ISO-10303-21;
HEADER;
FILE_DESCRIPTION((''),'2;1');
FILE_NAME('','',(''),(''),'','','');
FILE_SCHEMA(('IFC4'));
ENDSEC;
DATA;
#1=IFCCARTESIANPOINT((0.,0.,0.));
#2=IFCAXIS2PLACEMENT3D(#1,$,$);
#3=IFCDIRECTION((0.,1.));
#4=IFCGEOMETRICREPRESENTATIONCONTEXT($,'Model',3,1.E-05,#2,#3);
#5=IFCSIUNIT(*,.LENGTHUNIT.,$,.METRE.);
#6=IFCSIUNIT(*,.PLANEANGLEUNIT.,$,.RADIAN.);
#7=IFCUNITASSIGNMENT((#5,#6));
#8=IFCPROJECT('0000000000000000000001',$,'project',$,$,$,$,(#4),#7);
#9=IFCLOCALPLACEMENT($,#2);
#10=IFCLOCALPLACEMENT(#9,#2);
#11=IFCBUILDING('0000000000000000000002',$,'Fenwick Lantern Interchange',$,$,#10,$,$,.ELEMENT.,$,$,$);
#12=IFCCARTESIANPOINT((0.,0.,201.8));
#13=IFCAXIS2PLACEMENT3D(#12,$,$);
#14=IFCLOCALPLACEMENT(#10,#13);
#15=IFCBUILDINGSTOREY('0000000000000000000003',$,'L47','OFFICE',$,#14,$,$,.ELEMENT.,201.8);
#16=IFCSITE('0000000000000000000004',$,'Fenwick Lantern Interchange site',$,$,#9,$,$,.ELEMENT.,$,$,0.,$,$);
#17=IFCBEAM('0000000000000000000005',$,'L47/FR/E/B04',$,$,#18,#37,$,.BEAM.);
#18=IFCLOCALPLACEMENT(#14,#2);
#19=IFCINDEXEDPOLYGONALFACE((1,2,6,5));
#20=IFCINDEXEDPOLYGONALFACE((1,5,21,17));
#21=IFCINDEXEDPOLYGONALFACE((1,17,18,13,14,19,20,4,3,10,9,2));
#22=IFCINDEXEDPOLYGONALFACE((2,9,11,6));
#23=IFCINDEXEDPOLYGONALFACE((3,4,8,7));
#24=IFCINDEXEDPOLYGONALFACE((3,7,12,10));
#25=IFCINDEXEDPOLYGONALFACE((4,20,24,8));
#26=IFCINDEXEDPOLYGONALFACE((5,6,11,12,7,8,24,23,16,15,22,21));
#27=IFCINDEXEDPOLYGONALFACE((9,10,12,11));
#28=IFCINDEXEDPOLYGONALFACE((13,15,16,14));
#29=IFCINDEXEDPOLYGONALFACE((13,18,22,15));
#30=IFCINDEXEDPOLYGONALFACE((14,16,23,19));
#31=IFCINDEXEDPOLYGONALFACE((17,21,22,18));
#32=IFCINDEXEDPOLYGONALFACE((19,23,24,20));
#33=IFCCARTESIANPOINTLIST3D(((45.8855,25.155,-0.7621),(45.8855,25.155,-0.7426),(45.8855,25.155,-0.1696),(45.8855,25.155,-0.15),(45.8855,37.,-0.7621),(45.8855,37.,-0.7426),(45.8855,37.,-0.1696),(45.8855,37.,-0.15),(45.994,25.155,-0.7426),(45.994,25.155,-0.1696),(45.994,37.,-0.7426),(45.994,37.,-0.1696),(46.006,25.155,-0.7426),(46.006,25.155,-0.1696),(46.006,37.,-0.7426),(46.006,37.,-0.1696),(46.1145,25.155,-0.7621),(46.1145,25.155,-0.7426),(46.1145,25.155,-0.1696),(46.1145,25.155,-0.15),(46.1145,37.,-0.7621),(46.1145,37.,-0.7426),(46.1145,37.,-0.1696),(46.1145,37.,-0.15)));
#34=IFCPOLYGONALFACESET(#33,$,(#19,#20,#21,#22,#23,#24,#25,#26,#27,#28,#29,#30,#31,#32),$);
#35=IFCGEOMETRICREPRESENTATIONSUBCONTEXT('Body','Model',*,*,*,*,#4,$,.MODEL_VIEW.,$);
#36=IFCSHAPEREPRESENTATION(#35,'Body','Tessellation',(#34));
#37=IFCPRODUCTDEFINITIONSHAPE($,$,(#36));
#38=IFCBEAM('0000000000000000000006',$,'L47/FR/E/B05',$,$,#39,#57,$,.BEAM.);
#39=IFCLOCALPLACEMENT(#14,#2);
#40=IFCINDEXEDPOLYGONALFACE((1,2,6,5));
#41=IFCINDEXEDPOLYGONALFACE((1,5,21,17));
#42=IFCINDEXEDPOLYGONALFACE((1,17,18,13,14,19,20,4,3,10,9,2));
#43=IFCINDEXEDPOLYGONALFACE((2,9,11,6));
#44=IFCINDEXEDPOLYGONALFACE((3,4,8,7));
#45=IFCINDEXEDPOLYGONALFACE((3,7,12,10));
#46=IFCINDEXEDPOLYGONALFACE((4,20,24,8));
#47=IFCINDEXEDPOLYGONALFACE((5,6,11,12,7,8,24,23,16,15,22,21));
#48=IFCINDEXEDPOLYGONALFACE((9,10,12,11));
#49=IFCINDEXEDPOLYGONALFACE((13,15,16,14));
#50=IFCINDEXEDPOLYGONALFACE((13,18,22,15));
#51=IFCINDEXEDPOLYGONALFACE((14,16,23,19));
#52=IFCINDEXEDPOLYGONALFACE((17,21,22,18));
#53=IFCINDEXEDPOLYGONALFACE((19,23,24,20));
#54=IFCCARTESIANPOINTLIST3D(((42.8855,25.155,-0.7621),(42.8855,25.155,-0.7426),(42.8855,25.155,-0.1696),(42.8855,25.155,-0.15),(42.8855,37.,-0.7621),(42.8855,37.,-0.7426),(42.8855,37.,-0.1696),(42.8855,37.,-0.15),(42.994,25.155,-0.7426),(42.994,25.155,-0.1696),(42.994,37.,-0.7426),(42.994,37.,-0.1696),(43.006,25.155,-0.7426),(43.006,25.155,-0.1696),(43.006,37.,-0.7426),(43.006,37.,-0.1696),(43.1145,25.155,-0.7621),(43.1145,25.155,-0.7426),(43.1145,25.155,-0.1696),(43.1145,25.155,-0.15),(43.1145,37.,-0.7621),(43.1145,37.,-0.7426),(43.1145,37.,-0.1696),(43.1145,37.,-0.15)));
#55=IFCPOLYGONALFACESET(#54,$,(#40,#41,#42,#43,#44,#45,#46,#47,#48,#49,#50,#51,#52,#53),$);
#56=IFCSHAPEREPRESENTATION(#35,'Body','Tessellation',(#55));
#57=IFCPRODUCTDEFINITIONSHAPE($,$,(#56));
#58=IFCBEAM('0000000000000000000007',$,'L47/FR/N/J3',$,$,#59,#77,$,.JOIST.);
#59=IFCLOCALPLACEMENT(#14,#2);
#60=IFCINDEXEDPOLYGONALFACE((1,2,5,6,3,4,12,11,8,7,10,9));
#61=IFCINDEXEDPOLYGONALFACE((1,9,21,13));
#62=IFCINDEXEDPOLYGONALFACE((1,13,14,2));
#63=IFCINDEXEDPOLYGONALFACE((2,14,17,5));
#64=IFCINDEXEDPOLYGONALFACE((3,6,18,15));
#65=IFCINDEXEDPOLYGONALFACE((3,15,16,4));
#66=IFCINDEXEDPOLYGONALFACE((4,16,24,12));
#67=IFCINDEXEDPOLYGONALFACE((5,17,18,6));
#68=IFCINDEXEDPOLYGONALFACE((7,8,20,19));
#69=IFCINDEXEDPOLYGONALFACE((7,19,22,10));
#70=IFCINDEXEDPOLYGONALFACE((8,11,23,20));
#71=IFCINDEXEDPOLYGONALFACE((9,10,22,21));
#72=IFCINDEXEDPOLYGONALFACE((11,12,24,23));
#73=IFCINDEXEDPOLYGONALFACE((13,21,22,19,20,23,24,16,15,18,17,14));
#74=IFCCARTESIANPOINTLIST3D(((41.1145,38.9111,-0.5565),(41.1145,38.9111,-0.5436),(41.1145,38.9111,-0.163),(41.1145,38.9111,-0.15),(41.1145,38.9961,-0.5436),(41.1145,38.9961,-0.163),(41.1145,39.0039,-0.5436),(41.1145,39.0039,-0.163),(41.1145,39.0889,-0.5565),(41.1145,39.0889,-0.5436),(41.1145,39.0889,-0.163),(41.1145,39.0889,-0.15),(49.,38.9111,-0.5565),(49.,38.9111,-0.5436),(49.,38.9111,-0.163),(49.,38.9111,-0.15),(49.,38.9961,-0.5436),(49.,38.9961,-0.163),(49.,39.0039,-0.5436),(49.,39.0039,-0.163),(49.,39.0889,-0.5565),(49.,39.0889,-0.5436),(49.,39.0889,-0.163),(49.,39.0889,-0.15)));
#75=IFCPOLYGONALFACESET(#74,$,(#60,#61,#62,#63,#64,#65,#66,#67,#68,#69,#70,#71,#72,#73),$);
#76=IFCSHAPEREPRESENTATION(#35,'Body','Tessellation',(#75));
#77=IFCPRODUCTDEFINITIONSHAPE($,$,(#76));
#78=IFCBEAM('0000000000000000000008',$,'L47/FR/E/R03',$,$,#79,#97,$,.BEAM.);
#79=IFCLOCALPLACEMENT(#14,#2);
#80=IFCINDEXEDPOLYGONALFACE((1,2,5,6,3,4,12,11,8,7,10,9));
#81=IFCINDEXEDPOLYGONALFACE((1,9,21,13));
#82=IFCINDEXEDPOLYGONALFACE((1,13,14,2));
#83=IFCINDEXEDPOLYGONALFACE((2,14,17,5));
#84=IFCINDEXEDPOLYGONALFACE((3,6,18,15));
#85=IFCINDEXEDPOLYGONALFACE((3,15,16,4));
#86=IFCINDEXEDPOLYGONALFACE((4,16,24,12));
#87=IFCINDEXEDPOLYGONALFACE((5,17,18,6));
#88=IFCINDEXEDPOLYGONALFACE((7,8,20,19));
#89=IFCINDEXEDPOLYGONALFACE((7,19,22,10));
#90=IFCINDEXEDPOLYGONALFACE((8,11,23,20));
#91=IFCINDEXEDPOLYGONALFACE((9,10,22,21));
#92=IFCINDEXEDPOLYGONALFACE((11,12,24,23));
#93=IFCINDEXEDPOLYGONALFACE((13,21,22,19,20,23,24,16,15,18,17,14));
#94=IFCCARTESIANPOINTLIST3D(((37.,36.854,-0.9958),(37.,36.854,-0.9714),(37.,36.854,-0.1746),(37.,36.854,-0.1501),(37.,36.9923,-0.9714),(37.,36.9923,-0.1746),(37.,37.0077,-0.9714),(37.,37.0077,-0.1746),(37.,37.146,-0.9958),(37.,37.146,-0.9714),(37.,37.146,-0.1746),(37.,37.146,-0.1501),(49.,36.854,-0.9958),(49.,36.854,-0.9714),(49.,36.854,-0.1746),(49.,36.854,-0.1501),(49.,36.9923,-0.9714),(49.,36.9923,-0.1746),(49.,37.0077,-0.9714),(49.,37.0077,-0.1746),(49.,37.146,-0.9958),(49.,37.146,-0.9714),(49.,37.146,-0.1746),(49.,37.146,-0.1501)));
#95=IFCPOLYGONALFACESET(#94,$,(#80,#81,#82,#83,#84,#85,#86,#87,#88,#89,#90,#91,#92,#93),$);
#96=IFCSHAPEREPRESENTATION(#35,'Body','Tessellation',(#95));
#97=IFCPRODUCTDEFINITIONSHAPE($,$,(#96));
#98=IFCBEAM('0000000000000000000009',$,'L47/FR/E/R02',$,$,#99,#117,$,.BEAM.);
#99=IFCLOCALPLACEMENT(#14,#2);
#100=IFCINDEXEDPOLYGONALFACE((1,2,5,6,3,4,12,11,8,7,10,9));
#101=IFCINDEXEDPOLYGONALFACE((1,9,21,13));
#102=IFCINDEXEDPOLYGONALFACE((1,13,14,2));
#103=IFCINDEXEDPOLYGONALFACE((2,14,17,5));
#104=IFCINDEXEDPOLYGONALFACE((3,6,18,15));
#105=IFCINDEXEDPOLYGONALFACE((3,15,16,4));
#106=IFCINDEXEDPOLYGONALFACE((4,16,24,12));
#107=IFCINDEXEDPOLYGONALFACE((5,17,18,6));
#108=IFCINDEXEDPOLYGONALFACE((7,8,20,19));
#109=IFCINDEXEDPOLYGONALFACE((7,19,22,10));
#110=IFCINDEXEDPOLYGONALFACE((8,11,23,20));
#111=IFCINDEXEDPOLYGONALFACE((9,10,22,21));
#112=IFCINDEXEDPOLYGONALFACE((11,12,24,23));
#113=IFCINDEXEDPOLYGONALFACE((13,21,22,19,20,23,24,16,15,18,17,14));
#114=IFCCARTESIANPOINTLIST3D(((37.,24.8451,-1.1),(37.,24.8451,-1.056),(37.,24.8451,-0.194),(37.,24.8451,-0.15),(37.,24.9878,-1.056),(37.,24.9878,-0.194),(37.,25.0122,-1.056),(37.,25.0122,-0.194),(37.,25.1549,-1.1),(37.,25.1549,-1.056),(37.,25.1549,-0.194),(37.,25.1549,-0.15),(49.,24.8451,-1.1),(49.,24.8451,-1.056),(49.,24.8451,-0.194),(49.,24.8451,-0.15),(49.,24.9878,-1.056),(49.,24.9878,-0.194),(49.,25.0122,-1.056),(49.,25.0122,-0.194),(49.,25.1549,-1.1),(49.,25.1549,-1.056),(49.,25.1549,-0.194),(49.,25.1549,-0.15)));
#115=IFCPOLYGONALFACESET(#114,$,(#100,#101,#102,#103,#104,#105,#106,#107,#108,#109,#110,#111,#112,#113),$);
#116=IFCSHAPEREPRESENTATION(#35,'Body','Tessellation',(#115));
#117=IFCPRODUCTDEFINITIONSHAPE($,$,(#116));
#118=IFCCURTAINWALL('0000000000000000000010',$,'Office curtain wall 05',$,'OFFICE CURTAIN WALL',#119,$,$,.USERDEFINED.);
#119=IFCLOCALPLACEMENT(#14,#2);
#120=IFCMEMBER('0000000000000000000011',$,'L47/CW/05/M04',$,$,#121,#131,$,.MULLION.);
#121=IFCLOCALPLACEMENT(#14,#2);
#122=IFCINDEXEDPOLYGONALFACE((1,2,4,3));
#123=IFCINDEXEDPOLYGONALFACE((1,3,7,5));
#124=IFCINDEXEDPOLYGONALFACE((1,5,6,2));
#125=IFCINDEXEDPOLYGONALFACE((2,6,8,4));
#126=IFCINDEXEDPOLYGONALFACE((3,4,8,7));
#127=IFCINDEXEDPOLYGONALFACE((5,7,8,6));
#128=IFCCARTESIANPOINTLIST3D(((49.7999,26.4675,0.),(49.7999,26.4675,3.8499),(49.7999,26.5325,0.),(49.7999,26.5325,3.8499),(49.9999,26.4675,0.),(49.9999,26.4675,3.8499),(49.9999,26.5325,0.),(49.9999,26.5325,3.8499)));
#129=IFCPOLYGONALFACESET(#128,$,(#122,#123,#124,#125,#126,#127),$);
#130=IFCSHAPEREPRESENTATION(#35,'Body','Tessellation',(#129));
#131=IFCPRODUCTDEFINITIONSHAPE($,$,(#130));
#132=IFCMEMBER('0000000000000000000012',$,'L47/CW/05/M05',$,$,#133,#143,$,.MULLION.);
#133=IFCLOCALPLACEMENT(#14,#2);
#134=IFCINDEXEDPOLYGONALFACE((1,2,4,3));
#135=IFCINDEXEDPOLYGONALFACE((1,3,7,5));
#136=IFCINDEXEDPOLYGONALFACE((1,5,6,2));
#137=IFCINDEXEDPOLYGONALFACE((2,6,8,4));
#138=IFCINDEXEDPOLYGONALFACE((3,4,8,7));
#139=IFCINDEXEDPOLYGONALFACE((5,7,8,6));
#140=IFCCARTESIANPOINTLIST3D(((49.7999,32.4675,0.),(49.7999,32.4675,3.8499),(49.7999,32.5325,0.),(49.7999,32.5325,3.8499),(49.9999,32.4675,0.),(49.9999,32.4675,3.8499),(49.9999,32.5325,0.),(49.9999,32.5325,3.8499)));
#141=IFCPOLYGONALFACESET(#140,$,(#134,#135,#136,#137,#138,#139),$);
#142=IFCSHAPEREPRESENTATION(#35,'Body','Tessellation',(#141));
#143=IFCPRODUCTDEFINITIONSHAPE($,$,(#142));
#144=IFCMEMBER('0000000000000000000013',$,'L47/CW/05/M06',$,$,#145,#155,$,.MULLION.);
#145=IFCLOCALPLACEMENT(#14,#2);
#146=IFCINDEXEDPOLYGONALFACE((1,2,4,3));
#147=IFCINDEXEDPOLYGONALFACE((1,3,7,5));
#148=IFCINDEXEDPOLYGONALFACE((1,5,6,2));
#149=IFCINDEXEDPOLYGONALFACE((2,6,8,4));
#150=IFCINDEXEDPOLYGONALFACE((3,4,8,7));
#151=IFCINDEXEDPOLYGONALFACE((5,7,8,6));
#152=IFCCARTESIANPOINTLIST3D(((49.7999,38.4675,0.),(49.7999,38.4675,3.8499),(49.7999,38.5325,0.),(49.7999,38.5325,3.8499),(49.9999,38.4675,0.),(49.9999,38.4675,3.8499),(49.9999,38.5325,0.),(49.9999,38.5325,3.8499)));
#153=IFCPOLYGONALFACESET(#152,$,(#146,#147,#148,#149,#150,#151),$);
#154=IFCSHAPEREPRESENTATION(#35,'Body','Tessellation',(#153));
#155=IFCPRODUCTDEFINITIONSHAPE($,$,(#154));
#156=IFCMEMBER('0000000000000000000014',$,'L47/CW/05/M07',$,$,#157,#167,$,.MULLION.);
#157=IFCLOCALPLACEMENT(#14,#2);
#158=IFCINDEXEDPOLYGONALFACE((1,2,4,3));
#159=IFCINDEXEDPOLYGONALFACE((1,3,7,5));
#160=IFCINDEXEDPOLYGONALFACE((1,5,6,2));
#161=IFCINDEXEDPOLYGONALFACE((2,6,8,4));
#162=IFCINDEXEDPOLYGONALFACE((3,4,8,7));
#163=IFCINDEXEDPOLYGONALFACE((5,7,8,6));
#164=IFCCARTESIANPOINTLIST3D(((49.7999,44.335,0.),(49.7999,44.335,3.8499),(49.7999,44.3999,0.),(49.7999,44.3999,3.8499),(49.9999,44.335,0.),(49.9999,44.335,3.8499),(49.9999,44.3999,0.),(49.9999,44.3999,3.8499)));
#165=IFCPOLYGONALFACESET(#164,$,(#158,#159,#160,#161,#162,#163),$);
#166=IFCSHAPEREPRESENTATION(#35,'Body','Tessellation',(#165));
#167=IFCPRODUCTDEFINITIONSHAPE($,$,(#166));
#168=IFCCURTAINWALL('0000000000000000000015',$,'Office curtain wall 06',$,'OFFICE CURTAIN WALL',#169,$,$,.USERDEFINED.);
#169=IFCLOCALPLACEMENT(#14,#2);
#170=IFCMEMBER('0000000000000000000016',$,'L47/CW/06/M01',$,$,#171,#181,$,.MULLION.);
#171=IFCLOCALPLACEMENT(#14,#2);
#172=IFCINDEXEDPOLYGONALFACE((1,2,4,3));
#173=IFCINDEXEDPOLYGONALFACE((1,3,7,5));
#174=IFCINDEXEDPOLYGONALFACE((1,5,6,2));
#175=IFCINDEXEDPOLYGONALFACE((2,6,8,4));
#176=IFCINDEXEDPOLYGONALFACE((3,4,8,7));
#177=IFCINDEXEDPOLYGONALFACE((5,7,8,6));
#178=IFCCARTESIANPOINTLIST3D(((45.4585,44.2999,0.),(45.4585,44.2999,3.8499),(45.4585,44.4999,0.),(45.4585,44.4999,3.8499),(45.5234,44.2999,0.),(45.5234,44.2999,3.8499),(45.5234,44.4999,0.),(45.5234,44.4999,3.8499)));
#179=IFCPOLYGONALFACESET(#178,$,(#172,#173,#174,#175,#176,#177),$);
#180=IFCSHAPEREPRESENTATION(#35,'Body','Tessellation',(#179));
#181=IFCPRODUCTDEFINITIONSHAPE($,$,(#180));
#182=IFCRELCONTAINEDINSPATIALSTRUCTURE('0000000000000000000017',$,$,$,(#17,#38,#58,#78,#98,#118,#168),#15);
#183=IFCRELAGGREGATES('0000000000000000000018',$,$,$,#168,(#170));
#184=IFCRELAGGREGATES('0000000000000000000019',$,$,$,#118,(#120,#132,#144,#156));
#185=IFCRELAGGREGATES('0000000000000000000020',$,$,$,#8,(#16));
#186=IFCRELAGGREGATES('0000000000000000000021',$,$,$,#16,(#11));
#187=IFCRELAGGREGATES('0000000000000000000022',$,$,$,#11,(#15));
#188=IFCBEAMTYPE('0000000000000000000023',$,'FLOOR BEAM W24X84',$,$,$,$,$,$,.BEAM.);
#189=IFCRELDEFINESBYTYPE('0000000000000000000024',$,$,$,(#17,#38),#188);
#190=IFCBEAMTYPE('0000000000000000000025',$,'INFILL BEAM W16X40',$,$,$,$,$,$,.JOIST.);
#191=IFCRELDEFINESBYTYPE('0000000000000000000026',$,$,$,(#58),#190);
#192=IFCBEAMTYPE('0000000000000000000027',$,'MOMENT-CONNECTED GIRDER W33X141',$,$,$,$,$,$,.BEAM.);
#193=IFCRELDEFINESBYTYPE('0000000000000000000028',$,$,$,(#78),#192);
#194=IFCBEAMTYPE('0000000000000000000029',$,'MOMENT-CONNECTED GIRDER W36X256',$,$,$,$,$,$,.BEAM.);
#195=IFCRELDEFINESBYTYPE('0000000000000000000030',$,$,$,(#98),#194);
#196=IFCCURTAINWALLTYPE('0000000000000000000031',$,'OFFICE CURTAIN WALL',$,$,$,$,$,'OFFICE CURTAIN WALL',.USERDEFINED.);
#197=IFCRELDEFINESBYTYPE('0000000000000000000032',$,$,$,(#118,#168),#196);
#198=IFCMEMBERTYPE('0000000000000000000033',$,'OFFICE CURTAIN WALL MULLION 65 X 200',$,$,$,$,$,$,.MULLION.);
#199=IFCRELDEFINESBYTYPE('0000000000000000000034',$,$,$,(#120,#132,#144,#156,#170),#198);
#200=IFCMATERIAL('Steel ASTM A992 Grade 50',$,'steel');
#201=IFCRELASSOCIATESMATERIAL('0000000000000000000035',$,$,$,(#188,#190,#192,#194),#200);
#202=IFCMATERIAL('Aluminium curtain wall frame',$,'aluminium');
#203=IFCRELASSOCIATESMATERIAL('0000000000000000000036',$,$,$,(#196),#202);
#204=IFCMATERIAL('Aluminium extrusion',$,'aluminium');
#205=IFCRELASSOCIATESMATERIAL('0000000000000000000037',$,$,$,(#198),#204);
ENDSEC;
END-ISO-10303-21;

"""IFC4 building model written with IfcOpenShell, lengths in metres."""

from ifc_helpers import new_model, si_unit, direction, frame, origin, origin_2d, place, context, subcontext, project, spatial, rectangle, i_section, extrude, material, material_profile, profile_set, type_object, element, aggregate, save


model = new_model("IFC4")

# Units and contexts
model_context = context("Model", 3, precision=1e-05, world=origin(), true_north=direction((0.0, 1.0)))
body_context = subcontext(model_context, "Body", "Model", "MODEL_VIEW")
ifc_project = project(units=[si_unit("LENGTHUNIT", "METRE"), si_unit("PLANEANGLEUNIT", "RADIAN")], contexts=[model_context])

# Site, building, storey
site_placement = place(None, origin())
site = spatial("IfcSite", under=ifc_project, at=site_placement, Name="Fenwick Lantern Interchange site", CompositionType="ELEMENT", RefElevation=0.0)
building_placement = place(site_placement, origin())
building = spatial("IfcBuilding", under=site, at=building_placement, Name="Fenwick Lantern Interchange", CompositionType="ELEMENT")
storey_placement = place(building_placement, frame((0.0, 0.0, 201.8)))
storey = spatial("IfcBuildingStorey", under=building, at=storey_placement, Name="L47", Description="OFFICE", CompositionType="ELEMENT", Elevation=201.8)

# Shared definitions
ifc_material_1 = material(Name="Steel ASTM A992 Grade 50", Category="steel")

# Beams
ifc_material_profile_1 = material_profile(ifc_material_1, i_section(OverallWidth=0.229, OverallDepth=0.6121, WebThickness=0.012, FlangeThickness=0.0195, at=origin_2d()), Name="W24X84")
ifc_profile_set_1 = profile_set([ifc_material_profile_1], Name="Steel ASTM A992 Grade 50")
beam_type_1 = type_object("IfcBeamType", Name="FLOOR BEAM W24X84", PredefinedType="BEAM", material=ifc_profile_set_1)
for number, where, z_axis, x_axis, name in (
    (1, (46.0, 25.155, -0.4561), (0.0, 1.0, 0.0), (-1.0, 0.0, 0.0), "L47/FR/E/B04"),
    (2, (43.0, 25.155, -0.4561), (0.0, 1.0, 0.0), (-1.0, 0.0, 0.0), "L47/FR/E/B05"),
):
    element("IfcBeam", number, at=place(storey_placement, frame(where, z_axis=z_axis, x_axis=x_axis)), inside=storey, type_object=beam_type_1, Name=name, PredefinedType="BEAM", context=body_context, shape_type="SweptSolid", body=[
        extrude(i_section(OverallWidth=0.229, OverallDepth=0.6121, WebThickness=0.012, FlangeThickness=0.0195, at=origin_2d()), origin(), (0.0, 0.0, 1.0), 11.845),
    ])
ifc_material_profile_2 = material_profile(ifc_material_1, i_section(OverallWidth=0.1777, OverallDepth=0.4065, WebThickness=0.0078, FlangeThickness=0.0129, at=origin_2d()), Name="W16X40")
ifc_profile_set_2 = profile_set([ifc_material_profile_2], Name="Steel ASTM A992 Grade 50")
beam_type_2 = type_object("IfcBeamType", Name="INFILL BEAM W16X40", PredefinedType="JOIST", material=ifc_profile_set_2)
beam_1_placement = place(storey_placement, frame((49.0, 39.0, -0.3533), z_axis=(-1.0, 0.0, 0.0), x_axis=(0.0, -1.0, 0.0)))
element("IfcBeam", 3, at=beam_1_placement, inside=storey, type_object=beam_type_2, Name="L47/FR/N/J3", PredefinedType="JOIST", context=body_context, shape_type="SweptSolid", body=[
    extrude(i_section(OverallWidth=0.1777, OverallDepth=0.4065, WebThickness=0.0078, FlangeThickness=0.0129, at=origin_2d()), origin(), (0.0, 0.0, 1.0), 7.8855),
])
ifc_material_profile_3 = material_profile(ifc_material_1, i_section(OverallWidth=0.292, OverallDepth=0.8457, WebThickness=0.0154, FlangeThickness=0.0244, at=origin_2d()), Name="W33X141")
ifc_profile_set_3 = profile_set([ifc_material_profile_3], Name="Steel ASTM A992 Grade 50")
beam_type_3 = type_object("IfcBeamType", Name="MOMENT-CONNECTED GIRDER W33X141", PredefinedType="BEAM", material=ifc_profile_set_3)
beam_2_placement = place(storey_placement, frame((49.0, 37.0, -0.573), z_axis=(-1.0, 0.0, 0.0), x_axis=(0.0, -1.0, 0.0)))
element("IfcBeam", 4, at=beam_2_placement, inside=storey, type_object=beam_type_3, Name="L47/FR/E/R03", PredefinedType="BEAM", context=body_context, shape_type="SweptSolid", body=[
    extrude(i_section(OverallWidth=0.292, OverallDepth=0.8457, WebThickness=0.0154, FlangeThickness=0.0244, at=origin_2d()), origin(), (0.0, 0.0, 1.0), 12.0),
])
ifc_material_profile_4 = material_profile(ifc_material_1, i_section(OverallWidth=0.3098, OverallDepth=0.95, WebThickness=0.0244, FlangeThickness=0.0439, at=origin_2d()), Name="W36X256")
ifc_profile_set_4 = profile_set([ifc_material_profile_4], Name="Steel ASTM A992 Grade 50")
beam_type_4 = type_object("IfcBeamType", Name="MOMENT-CONNECTED GIRDER W36X256", PredefinedType="BEAM", material=ifc_profile_set_4)
beam_3_placement = place(storey_placement, frame((49.0, 25.0, -0.625), z_axis=(-1.0, 0.0, 0.0), x_axis=(0.0, -1.0, 0.0)))
element("IfcBeam", 5, at=beam_3_placement, inside=storey, type_object=beam_type_4, Name="L47/FR/E/R02", PredefinedType="BEAM", context=body_context, shape_type="SweptSolid", body=[
    extrude(i_section(OverallWidth=0.3098, OverallDepth=0.95, WebThickness=0.0244, FlangeThickness=0.0439, at=origin_2d()), origin(), (0.0, 0.0, 1.0), 12.0),
])

# Curtain wall, members
ifc_material_2 = material(Name="Aluminium curtain wall frame", Category="aluminium")
curtain_wall_type = type_object("IfcCurtainWallType", Name="OFFICE CURTAIN WALL", ElementType="OFFICE CURTAIN WALL", PredefinedType="USERDEFINED", material=ifc_material_2)
curtain_wall_1_placement = place(storey_placement, origin())
curtain_wall_1 = element("IfcCurtainWall", 6, at=curtain_wall_1_placement, inside=storey, type_object=curtain_wall_type, Name="Office curtain wall 05", ObjectType="OFFICE CURTAIN WALL", PredefinedType="USERDEFINED")
ifc_material_3 = material(Name="Aluminium extrusion", Category="aluminium")
ifc_material_profile_5 = material_profile(ifc_material_3, rectangle(XDim=0.2, YDim=0.0649, at=origin_2d()), Name="OFFICE CURTAIN WALL MULLION 65 X 200")
ifc_profile_set_5 = profile_set([ifc_material_profile_5], Name="Aluminium extrusion")
member_type_1 = type_object("IfcMemberType", Name="OFFICE CURTAIN WALL MULLION 65 X 200", PredefinedType="MULLION", material=ifc_profile_set_5)
member_1_placement = place(storey_placement, frame((49.8999, 26.5, 0.0), z_axis=(0.0, 0.0, 1.0), x_axis=(-1.0, 0.0, 0.0)))
member_1 = element("IfcMember", 7, at=member_1_placement, type_object=member_type_1, Name="L47/CW/05/M04", PredefinedType="MULLION", context=body_context, shape_type="SweptSolid", body=[
    extrude(rectangle(XDim=0.2, YDim=0.0649, at=origin_2d()), origin(), (0.0, 0.0, 1.0), 3.8499),
])
member_2_placement = place(storey_placement, frame((49.8999, 32.5, 0.0), z_axis=(0.0, 0.0, 1.0), x_axis=(-1.0, 0.0, 0.0)))
member_2 = element("IfcMember", 8, at=member_2_placement, type_object=member_type_1, Name="L47/CW/05/M05", PredefinedType="MULLION", context=body_context, shape_type="SweptSolid", body=[
    extrude(rectangle(XDim=0.2, YDim=0.0649, at=origin_2d()), origin(), (0.0, 0.0, 1.0), 3.8499),
])
member_3_placement = place(storey_placement, frame((49.8999, 38.5, 0.0), z_axis=(0.0, 0.0, 1.0), x_axis=(-1.0, 0.0, 0.0)))
member_3 = element("IfcMember", 9, at=member_3_placement, type_object=member_type_1, Name="L47/CW/05/M06", PredefinedType="MULLION", context=body_context, shape_type="SweptSolid", body=[
    extrude(rectangle(XDim=0.2, YDim=0.0649, at=origin_2d()), origin(), (0.0, 0.0, 1.0), 3.8499),
])
member_4_placement = place(storey_placement, frame((49.8999, 44.3674, 0.0), z_axis=(0.0, 0.0, 1.0), x_axis=(-1.0, 0.0, 0.0)))
member_4 = element("IfcMember", 10, at=member_4_placement, type_object=member_type_1, Name="L47/CW/05/M07", PredefinedType="MULLION", context=body_context, shape_type="SweptSolid", body=[
    extrude(rectangle(XDim=0.2, YDim=0.0649, at=origin_2d()), origin(), (0.0, 0.0, 1.0), 3.8499),
])

# Curtain wall, member
curtain_wall_2_placement = place(storey_placement, origin())
curtain_wall_2 = element("IfcCurtainWall", 11, at=curtain_wall_2_placement, inside=storey, type_object=curtain_wall_type, Name="Office curtain wall 06", ObjectType="OFFICE CURTAIN WALL", PredefinedType="USERDEFINED")
member_5_placement = place(storey_placement, frame((45.491, 44.3999, 0.0), z_axis=(0.0, 0.0, 1.0), x_axis=(0.0, -1.0, 0.0)))
member_5 = element("IfcMember", 12, at=member_5_placement, type_object=member_type_1, Name="L47/CW/06/M01", PredefinedType="MULLION", context=body_context, shape_type="SweptSolid", body=[
    extrude(rectangle(XDim=0.2, YDim=0.0649, at=origin_2d()), origin(), (0.0, 0.0, 1.0), 3.8499),
])
aggregate(curtain_wall_2, [member_5])

aggregate(curtain_wall_1, [member_1, member_2, member_3, member_4])

save(model, "model.ifc")
